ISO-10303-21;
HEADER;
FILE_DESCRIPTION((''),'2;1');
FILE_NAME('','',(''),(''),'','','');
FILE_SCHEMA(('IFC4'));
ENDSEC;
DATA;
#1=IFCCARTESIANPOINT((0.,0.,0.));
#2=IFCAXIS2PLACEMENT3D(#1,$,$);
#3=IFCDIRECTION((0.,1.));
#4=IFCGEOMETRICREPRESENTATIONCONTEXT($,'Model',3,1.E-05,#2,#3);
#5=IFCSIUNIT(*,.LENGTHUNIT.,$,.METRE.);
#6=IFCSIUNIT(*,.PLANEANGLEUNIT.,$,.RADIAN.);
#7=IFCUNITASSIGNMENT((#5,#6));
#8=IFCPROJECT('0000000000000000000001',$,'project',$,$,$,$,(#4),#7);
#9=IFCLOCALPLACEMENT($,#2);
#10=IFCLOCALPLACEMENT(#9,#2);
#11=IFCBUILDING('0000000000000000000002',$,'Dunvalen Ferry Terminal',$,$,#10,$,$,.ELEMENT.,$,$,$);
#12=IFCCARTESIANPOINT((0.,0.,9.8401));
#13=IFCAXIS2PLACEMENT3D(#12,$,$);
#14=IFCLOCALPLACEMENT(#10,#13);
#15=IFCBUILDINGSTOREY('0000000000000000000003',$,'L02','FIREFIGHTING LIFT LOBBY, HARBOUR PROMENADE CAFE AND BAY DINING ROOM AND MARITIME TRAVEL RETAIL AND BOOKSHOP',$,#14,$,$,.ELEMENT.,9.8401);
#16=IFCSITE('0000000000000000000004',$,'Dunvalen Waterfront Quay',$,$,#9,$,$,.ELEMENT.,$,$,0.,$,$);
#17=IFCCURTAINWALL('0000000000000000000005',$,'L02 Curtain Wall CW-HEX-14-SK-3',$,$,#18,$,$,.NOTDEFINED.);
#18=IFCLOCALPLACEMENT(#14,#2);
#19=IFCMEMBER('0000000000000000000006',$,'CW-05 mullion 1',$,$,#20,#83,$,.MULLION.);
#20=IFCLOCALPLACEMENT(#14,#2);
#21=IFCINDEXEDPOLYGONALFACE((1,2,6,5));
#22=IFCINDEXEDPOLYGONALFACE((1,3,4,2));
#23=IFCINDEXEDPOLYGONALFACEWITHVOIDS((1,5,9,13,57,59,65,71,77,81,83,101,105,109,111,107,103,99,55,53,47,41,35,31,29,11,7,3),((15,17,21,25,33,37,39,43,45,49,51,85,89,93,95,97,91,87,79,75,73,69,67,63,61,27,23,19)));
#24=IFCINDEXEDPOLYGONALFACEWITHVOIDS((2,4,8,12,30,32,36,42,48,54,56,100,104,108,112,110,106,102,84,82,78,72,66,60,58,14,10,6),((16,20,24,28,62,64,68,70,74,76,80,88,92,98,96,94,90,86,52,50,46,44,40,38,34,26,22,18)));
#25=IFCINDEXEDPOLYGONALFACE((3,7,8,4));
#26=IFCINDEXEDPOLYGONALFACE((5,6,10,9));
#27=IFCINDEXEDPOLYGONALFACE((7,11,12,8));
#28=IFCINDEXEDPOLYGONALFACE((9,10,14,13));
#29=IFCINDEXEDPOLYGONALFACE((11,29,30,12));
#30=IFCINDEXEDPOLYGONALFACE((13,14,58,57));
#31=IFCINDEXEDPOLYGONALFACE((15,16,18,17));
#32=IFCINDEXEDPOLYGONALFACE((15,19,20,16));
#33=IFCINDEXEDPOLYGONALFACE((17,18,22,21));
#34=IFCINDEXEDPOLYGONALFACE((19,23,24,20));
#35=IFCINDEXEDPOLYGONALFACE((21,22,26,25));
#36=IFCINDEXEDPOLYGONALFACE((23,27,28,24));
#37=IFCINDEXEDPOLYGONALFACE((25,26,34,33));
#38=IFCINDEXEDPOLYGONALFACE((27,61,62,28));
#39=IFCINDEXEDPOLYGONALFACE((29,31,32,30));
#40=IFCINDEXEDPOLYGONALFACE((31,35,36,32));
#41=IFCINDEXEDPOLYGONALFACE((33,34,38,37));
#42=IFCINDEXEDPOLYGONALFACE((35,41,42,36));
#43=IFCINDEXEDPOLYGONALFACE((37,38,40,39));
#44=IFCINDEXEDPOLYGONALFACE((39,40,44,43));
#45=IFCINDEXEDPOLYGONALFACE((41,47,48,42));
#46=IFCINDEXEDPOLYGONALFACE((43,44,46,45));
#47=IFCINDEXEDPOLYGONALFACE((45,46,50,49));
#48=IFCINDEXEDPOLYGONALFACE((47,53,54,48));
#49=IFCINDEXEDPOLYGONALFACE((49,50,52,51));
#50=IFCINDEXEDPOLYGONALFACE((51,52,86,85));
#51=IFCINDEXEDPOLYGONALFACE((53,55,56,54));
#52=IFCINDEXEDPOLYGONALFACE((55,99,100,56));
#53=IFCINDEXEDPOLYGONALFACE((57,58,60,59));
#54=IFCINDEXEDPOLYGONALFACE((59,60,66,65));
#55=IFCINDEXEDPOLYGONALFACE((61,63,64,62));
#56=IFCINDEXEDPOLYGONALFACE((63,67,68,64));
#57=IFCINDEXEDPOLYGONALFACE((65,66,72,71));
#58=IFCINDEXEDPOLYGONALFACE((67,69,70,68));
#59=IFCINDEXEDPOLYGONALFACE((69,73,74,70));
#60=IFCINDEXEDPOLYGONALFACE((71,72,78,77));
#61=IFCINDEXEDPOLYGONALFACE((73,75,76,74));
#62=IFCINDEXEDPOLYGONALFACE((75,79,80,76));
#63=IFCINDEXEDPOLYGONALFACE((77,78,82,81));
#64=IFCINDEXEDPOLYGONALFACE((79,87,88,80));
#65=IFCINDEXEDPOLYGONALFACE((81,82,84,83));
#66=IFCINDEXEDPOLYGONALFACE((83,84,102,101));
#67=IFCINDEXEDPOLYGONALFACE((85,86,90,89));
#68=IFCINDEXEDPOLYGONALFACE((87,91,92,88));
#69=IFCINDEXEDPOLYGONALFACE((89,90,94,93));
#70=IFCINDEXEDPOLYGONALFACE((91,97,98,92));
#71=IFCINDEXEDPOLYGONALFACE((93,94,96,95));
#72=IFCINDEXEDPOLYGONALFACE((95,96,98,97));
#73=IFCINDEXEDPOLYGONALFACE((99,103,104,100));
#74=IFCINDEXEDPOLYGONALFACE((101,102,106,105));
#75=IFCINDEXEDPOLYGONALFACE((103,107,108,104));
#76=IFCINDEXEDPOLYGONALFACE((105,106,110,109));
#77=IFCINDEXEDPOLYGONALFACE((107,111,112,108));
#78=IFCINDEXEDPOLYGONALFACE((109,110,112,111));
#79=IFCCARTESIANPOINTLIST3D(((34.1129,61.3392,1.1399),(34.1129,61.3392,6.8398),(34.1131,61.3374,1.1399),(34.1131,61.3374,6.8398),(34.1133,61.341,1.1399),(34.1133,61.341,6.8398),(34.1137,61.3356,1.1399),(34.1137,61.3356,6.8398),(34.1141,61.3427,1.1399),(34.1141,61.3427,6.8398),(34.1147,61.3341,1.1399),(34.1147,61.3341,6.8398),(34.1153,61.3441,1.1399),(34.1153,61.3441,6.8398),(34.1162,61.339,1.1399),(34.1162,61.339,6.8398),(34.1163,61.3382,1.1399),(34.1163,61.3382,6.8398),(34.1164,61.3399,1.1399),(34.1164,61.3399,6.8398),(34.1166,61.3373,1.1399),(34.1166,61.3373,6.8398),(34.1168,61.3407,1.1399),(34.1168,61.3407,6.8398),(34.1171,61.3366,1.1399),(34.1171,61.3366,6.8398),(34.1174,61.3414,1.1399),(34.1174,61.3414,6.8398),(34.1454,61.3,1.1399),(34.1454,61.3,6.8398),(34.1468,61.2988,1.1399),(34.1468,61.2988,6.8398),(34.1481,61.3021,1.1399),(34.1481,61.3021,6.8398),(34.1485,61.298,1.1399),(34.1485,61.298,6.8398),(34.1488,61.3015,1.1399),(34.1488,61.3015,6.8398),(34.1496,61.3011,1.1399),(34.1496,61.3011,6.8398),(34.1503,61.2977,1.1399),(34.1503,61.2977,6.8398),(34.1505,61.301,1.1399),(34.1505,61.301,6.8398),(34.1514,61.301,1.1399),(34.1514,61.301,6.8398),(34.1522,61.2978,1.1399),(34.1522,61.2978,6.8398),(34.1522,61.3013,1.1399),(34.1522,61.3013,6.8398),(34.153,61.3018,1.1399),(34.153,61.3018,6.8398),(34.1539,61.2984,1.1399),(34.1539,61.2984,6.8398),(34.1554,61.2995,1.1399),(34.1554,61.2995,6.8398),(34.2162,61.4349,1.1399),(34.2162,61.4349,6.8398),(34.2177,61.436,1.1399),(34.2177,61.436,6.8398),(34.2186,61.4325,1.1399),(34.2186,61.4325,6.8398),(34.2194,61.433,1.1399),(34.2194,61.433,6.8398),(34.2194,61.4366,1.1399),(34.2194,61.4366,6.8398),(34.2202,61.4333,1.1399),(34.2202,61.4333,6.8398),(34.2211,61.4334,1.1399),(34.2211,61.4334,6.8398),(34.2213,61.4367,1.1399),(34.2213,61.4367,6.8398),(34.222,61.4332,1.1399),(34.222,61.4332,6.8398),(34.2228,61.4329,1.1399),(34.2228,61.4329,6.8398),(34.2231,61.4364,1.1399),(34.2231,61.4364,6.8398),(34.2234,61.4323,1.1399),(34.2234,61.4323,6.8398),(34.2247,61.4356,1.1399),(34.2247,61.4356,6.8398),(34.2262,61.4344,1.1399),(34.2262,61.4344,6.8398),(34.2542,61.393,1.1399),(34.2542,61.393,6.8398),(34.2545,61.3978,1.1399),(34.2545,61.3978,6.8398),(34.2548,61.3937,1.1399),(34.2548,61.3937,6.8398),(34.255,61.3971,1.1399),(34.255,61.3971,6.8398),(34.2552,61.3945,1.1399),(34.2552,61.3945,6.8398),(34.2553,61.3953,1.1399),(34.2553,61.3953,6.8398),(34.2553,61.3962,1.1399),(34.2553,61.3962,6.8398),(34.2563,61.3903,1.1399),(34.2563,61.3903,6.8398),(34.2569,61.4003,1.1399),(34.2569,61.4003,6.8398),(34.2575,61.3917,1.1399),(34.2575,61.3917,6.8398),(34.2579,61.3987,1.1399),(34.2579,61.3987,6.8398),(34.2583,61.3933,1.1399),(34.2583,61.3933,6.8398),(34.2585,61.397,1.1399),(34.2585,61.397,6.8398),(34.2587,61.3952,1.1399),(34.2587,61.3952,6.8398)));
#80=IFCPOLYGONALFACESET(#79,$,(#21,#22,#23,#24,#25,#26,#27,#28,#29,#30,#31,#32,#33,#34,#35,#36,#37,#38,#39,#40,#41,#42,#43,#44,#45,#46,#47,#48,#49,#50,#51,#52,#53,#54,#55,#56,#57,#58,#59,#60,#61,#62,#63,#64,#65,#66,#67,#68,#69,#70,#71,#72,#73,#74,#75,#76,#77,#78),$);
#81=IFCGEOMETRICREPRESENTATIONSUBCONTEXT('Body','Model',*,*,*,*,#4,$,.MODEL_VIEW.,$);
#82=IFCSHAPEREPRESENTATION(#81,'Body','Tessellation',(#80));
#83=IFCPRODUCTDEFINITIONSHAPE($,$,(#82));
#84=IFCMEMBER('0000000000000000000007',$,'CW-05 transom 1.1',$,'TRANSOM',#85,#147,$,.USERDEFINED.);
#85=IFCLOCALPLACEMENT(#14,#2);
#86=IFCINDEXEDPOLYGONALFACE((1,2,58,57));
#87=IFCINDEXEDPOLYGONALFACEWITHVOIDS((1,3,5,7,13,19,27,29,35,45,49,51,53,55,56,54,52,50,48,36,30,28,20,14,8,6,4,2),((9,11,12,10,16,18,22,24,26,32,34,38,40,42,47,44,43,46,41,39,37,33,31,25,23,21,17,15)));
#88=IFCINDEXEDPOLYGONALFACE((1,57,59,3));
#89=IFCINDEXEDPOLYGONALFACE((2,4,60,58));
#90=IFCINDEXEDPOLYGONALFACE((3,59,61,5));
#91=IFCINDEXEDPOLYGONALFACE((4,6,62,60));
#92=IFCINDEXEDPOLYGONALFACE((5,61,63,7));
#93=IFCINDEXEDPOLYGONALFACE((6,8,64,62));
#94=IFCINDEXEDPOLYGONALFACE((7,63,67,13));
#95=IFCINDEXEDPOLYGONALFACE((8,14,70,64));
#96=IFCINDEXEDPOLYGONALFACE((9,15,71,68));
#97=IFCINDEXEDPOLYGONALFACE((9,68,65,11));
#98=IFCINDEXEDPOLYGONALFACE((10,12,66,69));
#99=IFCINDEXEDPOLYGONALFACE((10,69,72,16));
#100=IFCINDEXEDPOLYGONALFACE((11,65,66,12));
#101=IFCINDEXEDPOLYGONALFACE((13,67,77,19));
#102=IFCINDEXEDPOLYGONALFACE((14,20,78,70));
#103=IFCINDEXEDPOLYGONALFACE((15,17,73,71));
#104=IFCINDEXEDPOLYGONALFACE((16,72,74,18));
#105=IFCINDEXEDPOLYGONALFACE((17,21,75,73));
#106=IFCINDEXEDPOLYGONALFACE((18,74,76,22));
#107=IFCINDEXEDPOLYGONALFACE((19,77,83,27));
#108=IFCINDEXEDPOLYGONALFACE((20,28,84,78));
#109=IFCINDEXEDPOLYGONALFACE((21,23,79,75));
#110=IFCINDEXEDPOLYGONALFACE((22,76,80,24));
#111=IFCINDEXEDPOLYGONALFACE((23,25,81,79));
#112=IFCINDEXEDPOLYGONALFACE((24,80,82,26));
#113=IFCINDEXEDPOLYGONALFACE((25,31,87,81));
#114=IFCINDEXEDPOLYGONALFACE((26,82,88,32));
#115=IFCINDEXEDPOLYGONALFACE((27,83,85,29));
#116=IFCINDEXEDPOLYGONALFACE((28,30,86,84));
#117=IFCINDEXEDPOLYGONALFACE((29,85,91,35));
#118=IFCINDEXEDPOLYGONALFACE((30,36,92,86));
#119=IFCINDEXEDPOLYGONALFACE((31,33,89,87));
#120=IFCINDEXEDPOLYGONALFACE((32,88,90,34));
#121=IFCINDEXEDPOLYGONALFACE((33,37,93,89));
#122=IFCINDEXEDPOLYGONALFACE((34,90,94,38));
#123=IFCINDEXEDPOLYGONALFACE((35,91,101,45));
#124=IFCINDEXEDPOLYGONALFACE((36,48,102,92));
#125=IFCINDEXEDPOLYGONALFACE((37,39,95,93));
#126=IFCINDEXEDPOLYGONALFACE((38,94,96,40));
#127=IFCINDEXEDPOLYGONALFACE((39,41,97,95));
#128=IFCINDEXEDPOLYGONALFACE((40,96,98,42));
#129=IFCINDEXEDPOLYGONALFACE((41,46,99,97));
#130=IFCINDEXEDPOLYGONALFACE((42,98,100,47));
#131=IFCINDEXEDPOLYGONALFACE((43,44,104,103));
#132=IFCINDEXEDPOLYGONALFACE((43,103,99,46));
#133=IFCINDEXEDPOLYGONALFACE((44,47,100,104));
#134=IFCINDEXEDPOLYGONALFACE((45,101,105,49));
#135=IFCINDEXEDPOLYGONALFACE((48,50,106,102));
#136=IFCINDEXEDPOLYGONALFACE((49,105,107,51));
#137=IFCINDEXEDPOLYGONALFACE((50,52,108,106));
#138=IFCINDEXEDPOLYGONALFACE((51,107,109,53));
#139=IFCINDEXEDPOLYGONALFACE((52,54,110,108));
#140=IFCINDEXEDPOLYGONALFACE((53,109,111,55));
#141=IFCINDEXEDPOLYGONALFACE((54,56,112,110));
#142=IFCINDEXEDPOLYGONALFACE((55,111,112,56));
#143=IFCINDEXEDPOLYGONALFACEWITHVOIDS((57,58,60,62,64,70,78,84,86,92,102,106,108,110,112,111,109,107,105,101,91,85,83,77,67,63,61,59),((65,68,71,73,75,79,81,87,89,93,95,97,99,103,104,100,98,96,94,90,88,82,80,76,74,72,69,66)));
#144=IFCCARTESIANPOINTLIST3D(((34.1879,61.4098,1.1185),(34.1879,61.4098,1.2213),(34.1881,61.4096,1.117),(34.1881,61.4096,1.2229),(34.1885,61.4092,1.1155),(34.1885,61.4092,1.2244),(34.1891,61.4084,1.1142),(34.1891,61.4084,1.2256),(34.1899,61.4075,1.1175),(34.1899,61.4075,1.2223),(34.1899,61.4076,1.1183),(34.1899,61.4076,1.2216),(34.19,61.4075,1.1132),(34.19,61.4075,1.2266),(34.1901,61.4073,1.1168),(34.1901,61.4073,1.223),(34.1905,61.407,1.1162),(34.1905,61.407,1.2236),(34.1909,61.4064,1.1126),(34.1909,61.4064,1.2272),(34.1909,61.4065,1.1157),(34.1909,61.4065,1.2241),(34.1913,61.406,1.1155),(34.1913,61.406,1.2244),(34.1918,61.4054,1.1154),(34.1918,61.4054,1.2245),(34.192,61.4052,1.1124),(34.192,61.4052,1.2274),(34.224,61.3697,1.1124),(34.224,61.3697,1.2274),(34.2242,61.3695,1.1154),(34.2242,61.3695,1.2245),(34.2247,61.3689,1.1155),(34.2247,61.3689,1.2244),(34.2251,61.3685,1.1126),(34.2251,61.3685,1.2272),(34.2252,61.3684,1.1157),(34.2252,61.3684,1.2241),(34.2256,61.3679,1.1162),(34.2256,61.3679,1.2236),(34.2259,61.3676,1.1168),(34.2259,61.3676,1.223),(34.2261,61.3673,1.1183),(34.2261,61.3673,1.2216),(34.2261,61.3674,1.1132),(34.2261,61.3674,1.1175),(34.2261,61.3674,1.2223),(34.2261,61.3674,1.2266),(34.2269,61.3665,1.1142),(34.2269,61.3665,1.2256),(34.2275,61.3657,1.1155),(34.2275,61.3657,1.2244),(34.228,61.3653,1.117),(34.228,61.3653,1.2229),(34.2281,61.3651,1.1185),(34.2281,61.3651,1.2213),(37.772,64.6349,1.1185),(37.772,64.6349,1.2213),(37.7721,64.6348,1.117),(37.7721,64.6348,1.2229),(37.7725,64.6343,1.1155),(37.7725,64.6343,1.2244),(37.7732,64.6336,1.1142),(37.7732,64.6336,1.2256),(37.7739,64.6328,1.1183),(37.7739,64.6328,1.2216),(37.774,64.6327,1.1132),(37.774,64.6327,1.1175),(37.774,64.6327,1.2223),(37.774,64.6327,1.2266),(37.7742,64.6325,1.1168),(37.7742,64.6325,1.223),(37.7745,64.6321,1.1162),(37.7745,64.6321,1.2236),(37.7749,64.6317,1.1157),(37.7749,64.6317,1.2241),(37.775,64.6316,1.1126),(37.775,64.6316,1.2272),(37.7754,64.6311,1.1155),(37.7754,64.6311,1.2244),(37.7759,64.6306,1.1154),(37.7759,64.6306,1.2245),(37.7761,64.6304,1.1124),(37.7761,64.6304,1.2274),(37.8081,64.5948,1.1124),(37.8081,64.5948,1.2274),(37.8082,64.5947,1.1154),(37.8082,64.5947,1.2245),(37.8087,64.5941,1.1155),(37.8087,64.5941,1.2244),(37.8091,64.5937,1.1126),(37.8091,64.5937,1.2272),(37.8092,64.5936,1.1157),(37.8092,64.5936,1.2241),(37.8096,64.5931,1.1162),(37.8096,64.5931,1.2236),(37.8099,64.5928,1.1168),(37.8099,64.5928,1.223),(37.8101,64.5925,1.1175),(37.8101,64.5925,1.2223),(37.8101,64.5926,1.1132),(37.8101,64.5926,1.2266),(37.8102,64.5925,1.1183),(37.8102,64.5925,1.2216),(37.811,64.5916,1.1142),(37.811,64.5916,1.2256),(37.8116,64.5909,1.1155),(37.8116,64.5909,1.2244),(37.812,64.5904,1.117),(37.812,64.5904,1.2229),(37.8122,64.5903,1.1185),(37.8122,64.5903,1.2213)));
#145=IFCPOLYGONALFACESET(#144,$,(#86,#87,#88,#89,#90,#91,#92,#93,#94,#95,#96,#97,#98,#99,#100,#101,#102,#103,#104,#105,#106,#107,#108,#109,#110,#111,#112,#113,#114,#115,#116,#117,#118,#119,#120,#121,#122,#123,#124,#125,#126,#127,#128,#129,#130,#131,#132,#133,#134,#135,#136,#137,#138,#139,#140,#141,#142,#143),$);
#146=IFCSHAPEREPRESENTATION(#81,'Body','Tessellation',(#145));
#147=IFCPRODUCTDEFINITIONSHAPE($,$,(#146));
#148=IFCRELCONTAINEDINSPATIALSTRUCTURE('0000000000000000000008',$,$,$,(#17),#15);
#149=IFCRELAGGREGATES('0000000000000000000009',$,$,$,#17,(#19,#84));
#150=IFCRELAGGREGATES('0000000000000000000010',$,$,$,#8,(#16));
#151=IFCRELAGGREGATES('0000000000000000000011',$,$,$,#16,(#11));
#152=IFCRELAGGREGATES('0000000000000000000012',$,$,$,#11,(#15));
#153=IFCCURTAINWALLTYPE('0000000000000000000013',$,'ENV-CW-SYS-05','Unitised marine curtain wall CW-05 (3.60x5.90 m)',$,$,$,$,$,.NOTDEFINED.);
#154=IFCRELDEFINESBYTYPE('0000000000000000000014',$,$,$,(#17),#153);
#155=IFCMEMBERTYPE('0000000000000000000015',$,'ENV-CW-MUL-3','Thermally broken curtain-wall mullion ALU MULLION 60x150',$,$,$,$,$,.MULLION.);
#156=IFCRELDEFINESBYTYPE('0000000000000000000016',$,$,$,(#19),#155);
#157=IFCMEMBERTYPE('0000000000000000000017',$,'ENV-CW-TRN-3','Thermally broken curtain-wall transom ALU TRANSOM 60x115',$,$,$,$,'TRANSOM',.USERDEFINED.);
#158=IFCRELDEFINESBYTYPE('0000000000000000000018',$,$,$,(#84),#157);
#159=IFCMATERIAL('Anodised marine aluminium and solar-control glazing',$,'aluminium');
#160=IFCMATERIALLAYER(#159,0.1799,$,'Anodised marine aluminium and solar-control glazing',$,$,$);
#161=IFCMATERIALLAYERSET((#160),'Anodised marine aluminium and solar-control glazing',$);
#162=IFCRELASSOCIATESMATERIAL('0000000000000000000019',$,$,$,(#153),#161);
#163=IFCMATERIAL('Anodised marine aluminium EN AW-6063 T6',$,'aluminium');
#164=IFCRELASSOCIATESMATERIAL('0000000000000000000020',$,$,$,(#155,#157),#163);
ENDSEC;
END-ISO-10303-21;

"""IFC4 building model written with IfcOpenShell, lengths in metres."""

from ifc_helpers import new_model, si_unit, direction, frame, origin, origin_2d, place, context, subcontext, project, spatial, hollow_rectangle, extrude, material, layer, layer_set, material_profile, profile_set, type_object, element, aggregate, save


model = new_model("IFC4")

# Units and contexts
model_context = context("Model", 3, precision=1e-05, world=origin(), true_north=direction((0.0, 1.0)))
body_context = subcontext(model_context, "Body", "Model", "MODEL_VIEW")
ifc_project = project(units=[si_unit("LENGTHUNIT", "METRE"), si_unit("PLANEANGLEUNIT", "RADIAN")], contexts=[model_context])

# Site, building, storey
site_placement = place(None, origin())
site = spatial("IfcSite", under=ifc_project, at=site_placement, Name="Dunvalen Waterfront Quay", CompositionType="ELEMENT", RefElevation=0.0)
building_placement = place(site_placement, origin())
building = spatial("IfcBuilding", under=site, at=building_placement, Name="Dunvalen Ferry Terminal", CompositionType="ELEMENT")
storey_placement = place(building_placement, frame((0.0, 0.0, 9.8401)))
storey = spatial("IfcBuildingStorey", under=building, at=storey_placement, Name="L02", Description="FIREFIGHTING LIFT LOBBY, HARBOUR PROMENADE CAFE AND BAY DINING ROOM AND MARITIME TRAVEL RETAIL AND BOOKSHOP", CompositionType="ELEMENT", Elevation=9.8401)

# Curtain wall, members
ifc_material_1 = material(Name="Anodised marine aluminium and solar-control glazing", Category="aluminium")
ifc_layer_1 = layer(ifc_material_1, 0.1799, Name="Anodised marine aluminium and solar-control glazing")
ifc_layer_set_1 = layer_set([ifc_layer_1], Name="Anodised marine aluminium and solar-control glazing")
curtain_wall_type = type_object("IfcCurtainWallType", Name="ENV-CW-SYS-05", Description="Unitised marine curtain wall CW-05 (3.60x5.90 m)", PredefinedType="NOTDEFINED", material=ifc_layer_set_1)
curtain_wall_placement = place(storey_placement, origin())
curtain_wall = element("IfcCurtainWall", 1, at=curtain_wall_placement, inside=storey, type_object=curtain_wall_type, Name="L02 Curtain Wall CW-HEX-14-SK-3", PredefinedType="NOTDEFINED")
ifc_material_2 = material(Name="Anodised marine aluminium EN AW-6063 T6", Category="aluminium")
ifc_material_profile_1 = material_profile(ifc_material_2, hollow_rectangle(XDim=0.0601, YDim=0.1499, WallThickness=0.0034, InnerFilletRadius=0.0034, OuterFilletRadius=0.0071, at=origin_2d()), Name="Anodised marine aluminium EN AW-6063 T6")
ifc_profile_set_1 = profile_set([ifc_material_profile_1], Name="Anodised marine aluminium EN AW-6063 T6")
member_type_1 = type_object("IfcMemberType", Name="ENV-CW-MUL-3", Description="Thermally broken curtain-wall mullion ALU MULLION 60x150", PredefinedType="MULLION", material=ifc_profile_set_1)
member_1_placement = place(storey_placement, frame((34.1858, 61.3672, 1.1399), z_axis=(0.0, 0.0, 1.0), x_axis=(-0.668954, 0.743304, 0.0)))
member_1 = element("IfcMember", 2, at=member_1_placement, type_object=member_type_1, Name="CW-05 mullion 1", PredefinedType="MULLION", context=body_context, shape_type="SweptSolid", body=[
    extrude(hollow_rectangle(XDim=0.0601, YDim=0.1499, WallThickness=0.0034, InnerFilletRadius=0.0034, OuterFilletRadius=0.0071, at=origin_2d()), origin(), (0.0, 0.0, 1.0), 5.7),
])
ifc_material_profile_2 = material_profile(ifc_material_2, hollow_rectangle(XDim=0.0601, YDim=0.115, WallThickness=0.0029, InnerFilletRadius=0.0029, OuterFilletRadius=0.0061, at=origin_2d()), Name="Anodised marine aluminium EN AW-6063 T6")
ifc_profile_set_2 = profile_set([ifc_material_profile_2], Name="Anodised marine aluminium EN AW-6063 T6")
member_type_2 = type_object("IfcMemberType", Name="ENV-CW-TRN-3", Description="Thermally broken curtain-wall transom ALU TRANSOM 60x115", ElementType="TRANSOM", PredefinedType="USERDEFINED", material=ifc_profile_set_2)
member_2_placement = place(storey_placement, frame((34.208, 61.3875, 1.1699), z_axis=(0.743345, 0.668909, 0.0), x_axis=(-0.668909, 0.743345, 0.0)))
member_2 = element("IfcMember", 3, at=member_2_placement, type_object=member_type_2, Name="CW-05 transom 1.1", ObjectType="TRANSOM", PredefinedType="USERDEFINED", context=body_context, shape_type="SweptSolid", body=[
    extrude(hollow_rectangle(XDim=0.0601, YDim=0.115, WallThickness=0.0029, InnerFilletRadius=0.0029, OuterFilletRadius=0.0061, at=origin_2d()), origin(), (0.0, 0.0, 1.0), 4.8215),
])

aggregate(curtain_wall, [member_1, member_2])

save(model, "model.ifc")
